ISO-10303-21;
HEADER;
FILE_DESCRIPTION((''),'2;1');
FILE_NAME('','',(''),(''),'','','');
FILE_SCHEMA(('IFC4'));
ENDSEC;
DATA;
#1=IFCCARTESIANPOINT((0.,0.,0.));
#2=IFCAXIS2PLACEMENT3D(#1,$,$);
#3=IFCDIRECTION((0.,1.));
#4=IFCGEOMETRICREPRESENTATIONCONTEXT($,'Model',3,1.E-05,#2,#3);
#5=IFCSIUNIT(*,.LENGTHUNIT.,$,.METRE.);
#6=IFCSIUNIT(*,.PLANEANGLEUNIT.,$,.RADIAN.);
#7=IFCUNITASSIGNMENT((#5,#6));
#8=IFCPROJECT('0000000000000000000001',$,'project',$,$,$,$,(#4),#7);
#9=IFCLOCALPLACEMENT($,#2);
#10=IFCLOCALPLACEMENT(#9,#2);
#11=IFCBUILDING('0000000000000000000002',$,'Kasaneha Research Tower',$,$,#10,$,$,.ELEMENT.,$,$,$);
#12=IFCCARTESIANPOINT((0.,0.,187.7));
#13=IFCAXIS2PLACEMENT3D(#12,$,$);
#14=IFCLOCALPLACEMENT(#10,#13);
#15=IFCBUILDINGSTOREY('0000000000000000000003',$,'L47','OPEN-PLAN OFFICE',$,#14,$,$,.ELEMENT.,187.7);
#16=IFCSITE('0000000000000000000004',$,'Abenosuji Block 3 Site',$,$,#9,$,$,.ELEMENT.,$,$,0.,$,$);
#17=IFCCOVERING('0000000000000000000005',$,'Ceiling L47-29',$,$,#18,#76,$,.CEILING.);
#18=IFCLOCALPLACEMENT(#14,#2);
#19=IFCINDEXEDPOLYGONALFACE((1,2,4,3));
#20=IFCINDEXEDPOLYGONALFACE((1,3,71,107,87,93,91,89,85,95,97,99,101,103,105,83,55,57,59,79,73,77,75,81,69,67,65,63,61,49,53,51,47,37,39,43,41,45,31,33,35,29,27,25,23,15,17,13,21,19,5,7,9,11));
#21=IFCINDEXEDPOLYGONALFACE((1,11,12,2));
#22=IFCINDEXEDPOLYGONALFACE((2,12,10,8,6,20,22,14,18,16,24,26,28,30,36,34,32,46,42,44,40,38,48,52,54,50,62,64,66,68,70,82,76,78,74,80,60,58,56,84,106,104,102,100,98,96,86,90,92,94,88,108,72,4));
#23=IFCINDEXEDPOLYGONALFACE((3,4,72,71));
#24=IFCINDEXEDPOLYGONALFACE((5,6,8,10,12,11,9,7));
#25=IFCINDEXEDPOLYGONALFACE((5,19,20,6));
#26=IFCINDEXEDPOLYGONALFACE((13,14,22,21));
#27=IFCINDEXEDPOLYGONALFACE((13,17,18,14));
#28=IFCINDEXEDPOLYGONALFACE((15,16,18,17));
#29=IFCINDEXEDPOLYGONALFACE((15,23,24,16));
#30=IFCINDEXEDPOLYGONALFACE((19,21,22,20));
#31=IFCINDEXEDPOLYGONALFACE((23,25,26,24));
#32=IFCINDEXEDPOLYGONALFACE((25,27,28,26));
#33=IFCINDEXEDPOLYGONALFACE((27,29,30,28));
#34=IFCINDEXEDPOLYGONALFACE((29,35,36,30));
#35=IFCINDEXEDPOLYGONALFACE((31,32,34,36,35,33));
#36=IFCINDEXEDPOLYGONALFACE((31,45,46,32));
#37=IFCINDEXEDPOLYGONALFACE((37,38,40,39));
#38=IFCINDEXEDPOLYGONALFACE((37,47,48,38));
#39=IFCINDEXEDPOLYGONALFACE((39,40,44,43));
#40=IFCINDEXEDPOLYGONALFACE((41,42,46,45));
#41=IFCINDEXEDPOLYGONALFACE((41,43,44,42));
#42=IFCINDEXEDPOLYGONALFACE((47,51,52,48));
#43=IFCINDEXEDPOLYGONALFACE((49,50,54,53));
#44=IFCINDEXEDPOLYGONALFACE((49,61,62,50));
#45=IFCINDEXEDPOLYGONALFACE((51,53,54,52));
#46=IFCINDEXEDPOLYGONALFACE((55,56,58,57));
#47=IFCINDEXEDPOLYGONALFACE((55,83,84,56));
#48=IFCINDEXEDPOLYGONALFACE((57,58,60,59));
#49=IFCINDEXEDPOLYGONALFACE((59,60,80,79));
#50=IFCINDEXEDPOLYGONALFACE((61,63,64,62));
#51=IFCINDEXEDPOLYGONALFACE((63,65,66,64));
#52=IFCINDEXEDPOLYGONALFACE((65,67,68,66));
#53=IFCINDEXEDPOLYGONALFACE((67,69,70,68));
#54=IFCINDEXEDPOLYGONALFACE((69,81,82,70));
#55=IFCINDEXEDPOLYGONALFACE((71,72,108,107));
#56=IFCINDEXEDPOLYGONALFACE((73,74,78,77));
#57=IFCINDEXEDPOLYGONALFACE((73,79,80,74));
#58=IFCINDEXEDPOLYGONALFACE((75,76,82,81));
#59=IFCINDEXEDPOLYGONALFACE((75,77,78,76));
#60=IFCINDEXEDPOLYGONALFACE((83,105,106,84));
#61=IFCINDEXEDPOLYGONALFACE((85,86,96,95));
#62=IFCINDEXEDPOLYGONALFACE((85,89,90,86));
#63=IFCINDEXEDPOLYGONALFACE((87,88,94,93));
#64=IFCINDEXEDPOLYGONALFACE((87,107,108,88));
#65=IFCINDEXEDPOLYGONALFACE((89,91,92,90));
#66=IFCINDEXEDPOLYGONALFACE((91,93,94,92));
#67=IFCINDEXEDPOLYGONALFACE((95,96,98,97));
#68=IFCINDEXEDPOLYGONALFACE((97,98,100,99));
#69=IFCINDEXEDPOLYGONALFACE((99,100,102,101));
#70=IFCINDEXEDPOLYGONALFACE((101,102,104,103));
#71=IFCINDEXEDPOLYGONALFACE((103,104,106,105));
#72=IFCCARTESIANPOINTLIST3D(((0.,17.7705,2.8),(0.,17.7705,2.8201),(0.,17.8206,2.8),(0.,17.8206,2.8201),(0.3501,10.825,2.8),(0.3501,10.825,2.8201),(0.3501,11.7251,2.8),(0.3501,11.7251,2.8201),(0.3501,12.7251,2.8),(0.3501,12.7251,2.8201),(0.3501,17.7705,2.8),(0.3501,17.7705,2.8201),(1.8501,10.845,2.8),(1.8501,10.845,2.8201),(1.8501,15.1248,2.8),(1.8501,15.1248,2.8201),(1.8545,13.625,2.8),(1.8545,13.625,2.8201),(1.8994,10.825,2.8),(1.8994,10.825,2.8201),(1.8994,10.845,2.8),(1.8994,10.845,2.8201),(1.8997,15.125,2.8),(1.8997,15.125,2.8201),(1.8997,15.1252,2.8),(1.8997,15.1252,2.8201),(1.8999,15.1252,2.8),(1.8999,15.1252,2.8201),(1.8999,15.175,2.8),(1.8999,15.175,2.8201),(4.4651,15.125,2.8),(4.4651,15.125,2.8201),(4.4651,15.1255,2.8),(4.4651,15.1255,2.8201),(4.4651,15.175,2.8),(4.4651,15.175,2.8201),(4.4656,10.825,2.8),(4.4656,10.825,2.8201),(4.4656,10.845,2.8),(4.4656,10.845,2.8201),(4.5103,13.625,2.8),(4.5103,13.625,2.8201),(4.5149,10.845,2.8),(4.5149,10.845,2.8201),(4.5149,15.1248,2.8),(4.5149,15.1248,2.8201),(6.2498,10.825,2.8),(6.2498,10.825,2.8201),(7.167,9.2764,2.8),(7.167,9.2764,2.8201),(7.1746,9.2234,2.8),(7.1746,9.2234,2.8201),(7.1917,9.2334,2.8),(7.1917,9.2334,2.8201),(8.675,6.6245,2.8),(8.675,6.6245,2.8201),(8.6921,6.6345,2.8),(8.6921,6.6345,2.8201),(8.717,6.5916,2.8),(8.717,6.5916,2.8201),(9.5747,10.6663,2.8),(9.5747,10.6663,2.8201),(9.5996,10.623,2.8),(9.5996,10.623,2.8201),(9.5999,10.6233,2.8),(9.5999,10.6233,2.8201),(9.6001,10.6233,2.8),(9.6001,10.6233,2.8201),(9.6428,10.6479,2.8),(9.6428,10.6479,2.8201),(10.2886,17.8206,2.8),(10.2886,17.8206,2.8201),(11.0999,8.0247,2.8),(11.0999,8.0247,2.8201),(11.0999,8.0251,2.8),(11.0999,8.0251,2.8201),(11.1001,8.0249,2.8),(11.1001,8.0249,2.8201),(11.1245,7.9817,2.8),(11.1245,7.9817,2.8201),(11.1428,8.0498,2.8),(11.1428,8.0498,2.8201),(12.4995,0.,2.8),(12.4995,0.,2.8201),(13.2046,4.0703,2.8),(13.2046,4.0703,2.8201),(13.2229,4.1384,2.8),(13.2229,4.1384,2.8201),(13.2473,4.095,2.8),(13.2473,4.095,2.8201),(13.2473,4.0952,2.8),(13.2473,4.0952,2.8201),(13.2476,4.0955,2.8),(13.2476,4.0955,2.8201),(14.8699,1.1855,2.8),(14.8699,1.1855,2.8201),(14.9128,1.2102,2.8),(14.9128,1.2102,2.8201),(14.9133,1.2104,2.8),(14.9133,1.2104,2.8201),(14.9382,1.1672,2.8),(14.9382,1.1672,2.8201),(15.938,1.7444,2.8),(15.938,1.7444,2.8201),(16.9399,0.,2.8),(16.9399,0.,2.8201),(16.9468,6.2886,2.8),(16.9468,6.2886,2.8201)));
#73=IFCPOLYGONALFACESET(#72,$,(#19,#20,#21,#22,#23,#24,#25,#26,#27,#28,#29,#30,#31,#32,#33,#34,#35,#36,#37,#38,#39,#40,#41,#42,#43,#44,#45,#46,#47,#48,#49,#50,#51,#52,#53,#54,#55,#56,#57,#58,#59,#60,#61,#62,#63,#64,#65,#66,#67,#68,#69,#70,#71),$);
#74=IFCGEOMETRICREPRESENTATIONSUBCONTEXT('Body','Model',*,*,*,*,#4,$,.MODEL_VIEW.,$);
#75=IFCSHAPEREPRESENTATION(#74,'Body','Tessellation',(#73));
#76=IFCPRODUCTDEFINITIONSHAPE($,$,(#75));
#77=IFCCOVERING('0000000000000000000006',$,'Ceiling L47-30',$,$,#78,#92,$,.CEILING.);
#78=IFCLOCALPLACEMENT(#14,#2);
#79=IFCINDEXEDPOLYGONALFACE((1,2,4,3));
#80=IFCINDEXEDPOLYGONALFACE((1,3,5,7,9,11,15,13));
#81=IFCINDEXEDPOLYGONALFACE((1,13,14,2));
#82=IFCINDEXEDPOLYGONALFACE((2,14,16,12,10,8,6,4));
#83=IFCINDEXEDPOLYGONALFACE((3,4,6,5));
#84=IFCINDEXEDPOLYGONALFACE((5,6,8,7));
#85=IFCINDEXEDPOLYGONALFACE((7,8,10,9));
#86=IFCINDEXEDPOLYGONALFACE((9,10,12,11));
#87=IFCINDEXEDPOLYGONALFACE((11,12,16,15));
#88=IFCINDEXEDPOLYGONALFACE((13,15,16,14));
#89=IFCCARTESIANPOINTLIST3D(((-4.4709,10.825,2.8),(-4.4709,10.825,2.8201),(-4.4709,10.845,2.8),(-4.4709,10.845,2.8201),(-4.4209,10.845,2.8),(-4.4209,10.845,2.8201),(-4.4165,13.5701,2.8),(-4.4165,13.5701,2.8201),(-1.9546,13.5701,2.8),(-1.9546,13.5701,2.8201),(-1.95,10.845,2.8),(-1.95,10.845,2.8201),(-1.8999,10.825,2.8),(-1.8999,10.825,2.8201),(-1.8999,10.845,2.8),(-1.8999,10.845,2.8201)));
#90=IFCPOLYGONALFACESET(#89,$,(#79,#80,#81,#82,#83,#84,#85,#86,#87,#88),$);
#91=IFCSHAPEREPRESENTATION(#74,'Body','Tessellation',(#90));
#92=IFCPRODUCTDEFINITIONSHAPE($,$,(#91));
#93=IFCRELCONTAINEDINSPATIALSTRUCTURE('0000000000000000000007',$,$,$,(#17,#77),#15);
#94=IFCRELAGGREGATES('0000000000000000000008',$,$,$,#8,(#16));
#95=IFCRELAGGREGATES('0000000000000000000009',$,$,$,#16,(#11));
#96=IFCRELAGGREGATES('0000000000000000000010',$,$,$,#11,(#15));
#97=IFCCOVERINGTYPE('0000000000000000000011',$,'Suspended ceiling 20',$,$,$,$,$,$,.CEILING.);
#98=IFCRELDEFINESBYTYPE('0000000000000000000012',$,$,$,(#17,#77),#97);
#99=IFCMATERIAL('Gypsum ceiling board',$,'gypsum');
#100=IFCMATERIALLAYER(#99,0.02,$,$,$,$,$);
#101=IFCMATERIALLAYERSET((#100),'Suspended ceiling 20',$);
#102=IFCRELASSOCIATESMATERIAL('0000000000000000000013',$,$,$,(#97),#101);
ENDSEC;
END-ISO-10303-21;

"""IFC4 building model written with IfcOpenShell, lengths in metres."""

from ifc_helpers import new_model, si_unit, direction, frame, origin, place, context, subcontext, project, spatial, polyline, outline, extrude, material, layer, layer_set, type_object, element, save


model = new_model("IFC4")

# Units and contexts
model_context = context("Model", 3, precision=1e-05, world=origin(), true_north=direction((0.0, 1.0)))
body_context = subcontext(model_context, "Body", "Model", "MODEL_VIEW")
ifc_project = project(units=[si_unit("LENGTHUNIT", "METRE"), si_unit("PLANEANGLEUNIT", "RADIAN")], contexts=[model_context])

# Site, building, storey
site_placement = place(None, origin())
site = spatial("IfcSite", under=ifc_project, at=site_placement, Name="Abenosuji Block 3 Site", CompositionType="ELEMENT", RefElevation=0.0)
building_placement = place(site_placement, origin())
building = spatial("IfcBuilding", under=site, at=building_placement, Name="Kasaneha Research Tower", CompositionType="ELEMENT")
storey_placement = place(building_placement, frame((0.0, 0.0, 187.7)))
storey = spatial("IfcBuildingStorey", under=building, at=storey_placement, Name="L47", Description="OPEN-PLAN OFFICE", CompositionType="ELEMENT", Elevation=187.7)

# Coverings
ifc_material_1 = material(Name="Gypsum ceiling board", Category="gypsum")
ifc_layer_1 = layer(ifc_material_1, 0.02)
ifc_layer_set_1 = layer_set([ifc_layer_1], Name="Suspended ceiling 20")
covering_type = type_object("IfcCoveringType", Name="Suspended ceiling 20", PredefinedType="CEILING", material=ifc_layer_set_1)
covering_1_placement = place(storey_placement, frame((0.0, 0.0, 2.8)))
element("IfcCovering", 1, at=covering_1_placement, inside=storey, type_object=covering_type, Name="Ceiling L47-29", PredefinedType="CEILING", context=body_context, shape_type="SweptSolid", body=[
    extrude(outline(polyline([(8.6921, 6.6345), (8.717, 6.5916), (11.1245, 7.9817), (11.0999, 8.0247), (11.1001, 8.0249), (11.0999, 8.0251), (11.1428, 8.0498), (9.6428, 10.6479), (9.6001, 10.6233), (9.5999, 10.6233), (9.5996, 10.623), (9.5747, 10.6663), (7.167, 9.2764), (7.1917, 9.2334), (7.1746, 9.2234), (6.2498, 10.825), (4.4656, 10.825), (4.4656, 10.845), (4.5149, 10.845), (4.5103, 13.625), (4.5149, 15.1248), (4.4651, 15.125), (4.4651, 15.1255), (4.4651, 15.175), (1.8999, 15.175), (1.8999, 15.1252), (1.8997, 15.1252), (1.8997, 15.125), (1.8501, 15.1248), (1.8545, 13.625), (1.8501, 10.845), (1.8994, 10.845), (1.8994, 10.825), (0.3501, 10.825), (0.3501, 11.7251), (0.3501, 12.7251), (0.3501, 17.7705), (0.3501, 17.7705), (0.0, 17.7705), (0.0, 17.8206), (10.2886, 17.8206), (16.9468, 6.2886), (13.2229, 4.1384), (13.2476, 4.0955), (13.2473, 4.0952), (13.2473, 4.095), (13.2046, 4.0703), (14.8699, 1.1855), (14.9128, 1.2102), (14.9128, 1.2102), (14.9133, 1.2104), (14.9382, 1.1672), (15.938, 1.7444), (16.9399, 0.0), (12.4995, 0.0), (8.675, 6.6245), (8.6921, 6.6345)])), origin(), (0.0, 0.0, 1.0), 0.02),
])
covering_2_placement = place(storey_placement, frame((0.0, 0.0, 2.8)))
element("IfcCovering", 2, at=covering_2_placement, inside=storey, type_object=covering_type, Name="Ceiling L47-30", PredefinedType="CEILING", context=body_context, shape_type="SweptSolid", body=[
    extrude(outline(polyline([(-4.4709, 10.825), (-4.4709, 10.845), (-4.4209, 10.845), (-4.4165, 13.5701), (-1.9546, 13.5701), (-1.95, 10.845), (-1.8999, 10.845), (-1.8999, 10.825), (-4.4709, 10.825)])), origin(), (0.0, 0.0, 1.0), 0.02),
])

save(model, "model.ifc")
